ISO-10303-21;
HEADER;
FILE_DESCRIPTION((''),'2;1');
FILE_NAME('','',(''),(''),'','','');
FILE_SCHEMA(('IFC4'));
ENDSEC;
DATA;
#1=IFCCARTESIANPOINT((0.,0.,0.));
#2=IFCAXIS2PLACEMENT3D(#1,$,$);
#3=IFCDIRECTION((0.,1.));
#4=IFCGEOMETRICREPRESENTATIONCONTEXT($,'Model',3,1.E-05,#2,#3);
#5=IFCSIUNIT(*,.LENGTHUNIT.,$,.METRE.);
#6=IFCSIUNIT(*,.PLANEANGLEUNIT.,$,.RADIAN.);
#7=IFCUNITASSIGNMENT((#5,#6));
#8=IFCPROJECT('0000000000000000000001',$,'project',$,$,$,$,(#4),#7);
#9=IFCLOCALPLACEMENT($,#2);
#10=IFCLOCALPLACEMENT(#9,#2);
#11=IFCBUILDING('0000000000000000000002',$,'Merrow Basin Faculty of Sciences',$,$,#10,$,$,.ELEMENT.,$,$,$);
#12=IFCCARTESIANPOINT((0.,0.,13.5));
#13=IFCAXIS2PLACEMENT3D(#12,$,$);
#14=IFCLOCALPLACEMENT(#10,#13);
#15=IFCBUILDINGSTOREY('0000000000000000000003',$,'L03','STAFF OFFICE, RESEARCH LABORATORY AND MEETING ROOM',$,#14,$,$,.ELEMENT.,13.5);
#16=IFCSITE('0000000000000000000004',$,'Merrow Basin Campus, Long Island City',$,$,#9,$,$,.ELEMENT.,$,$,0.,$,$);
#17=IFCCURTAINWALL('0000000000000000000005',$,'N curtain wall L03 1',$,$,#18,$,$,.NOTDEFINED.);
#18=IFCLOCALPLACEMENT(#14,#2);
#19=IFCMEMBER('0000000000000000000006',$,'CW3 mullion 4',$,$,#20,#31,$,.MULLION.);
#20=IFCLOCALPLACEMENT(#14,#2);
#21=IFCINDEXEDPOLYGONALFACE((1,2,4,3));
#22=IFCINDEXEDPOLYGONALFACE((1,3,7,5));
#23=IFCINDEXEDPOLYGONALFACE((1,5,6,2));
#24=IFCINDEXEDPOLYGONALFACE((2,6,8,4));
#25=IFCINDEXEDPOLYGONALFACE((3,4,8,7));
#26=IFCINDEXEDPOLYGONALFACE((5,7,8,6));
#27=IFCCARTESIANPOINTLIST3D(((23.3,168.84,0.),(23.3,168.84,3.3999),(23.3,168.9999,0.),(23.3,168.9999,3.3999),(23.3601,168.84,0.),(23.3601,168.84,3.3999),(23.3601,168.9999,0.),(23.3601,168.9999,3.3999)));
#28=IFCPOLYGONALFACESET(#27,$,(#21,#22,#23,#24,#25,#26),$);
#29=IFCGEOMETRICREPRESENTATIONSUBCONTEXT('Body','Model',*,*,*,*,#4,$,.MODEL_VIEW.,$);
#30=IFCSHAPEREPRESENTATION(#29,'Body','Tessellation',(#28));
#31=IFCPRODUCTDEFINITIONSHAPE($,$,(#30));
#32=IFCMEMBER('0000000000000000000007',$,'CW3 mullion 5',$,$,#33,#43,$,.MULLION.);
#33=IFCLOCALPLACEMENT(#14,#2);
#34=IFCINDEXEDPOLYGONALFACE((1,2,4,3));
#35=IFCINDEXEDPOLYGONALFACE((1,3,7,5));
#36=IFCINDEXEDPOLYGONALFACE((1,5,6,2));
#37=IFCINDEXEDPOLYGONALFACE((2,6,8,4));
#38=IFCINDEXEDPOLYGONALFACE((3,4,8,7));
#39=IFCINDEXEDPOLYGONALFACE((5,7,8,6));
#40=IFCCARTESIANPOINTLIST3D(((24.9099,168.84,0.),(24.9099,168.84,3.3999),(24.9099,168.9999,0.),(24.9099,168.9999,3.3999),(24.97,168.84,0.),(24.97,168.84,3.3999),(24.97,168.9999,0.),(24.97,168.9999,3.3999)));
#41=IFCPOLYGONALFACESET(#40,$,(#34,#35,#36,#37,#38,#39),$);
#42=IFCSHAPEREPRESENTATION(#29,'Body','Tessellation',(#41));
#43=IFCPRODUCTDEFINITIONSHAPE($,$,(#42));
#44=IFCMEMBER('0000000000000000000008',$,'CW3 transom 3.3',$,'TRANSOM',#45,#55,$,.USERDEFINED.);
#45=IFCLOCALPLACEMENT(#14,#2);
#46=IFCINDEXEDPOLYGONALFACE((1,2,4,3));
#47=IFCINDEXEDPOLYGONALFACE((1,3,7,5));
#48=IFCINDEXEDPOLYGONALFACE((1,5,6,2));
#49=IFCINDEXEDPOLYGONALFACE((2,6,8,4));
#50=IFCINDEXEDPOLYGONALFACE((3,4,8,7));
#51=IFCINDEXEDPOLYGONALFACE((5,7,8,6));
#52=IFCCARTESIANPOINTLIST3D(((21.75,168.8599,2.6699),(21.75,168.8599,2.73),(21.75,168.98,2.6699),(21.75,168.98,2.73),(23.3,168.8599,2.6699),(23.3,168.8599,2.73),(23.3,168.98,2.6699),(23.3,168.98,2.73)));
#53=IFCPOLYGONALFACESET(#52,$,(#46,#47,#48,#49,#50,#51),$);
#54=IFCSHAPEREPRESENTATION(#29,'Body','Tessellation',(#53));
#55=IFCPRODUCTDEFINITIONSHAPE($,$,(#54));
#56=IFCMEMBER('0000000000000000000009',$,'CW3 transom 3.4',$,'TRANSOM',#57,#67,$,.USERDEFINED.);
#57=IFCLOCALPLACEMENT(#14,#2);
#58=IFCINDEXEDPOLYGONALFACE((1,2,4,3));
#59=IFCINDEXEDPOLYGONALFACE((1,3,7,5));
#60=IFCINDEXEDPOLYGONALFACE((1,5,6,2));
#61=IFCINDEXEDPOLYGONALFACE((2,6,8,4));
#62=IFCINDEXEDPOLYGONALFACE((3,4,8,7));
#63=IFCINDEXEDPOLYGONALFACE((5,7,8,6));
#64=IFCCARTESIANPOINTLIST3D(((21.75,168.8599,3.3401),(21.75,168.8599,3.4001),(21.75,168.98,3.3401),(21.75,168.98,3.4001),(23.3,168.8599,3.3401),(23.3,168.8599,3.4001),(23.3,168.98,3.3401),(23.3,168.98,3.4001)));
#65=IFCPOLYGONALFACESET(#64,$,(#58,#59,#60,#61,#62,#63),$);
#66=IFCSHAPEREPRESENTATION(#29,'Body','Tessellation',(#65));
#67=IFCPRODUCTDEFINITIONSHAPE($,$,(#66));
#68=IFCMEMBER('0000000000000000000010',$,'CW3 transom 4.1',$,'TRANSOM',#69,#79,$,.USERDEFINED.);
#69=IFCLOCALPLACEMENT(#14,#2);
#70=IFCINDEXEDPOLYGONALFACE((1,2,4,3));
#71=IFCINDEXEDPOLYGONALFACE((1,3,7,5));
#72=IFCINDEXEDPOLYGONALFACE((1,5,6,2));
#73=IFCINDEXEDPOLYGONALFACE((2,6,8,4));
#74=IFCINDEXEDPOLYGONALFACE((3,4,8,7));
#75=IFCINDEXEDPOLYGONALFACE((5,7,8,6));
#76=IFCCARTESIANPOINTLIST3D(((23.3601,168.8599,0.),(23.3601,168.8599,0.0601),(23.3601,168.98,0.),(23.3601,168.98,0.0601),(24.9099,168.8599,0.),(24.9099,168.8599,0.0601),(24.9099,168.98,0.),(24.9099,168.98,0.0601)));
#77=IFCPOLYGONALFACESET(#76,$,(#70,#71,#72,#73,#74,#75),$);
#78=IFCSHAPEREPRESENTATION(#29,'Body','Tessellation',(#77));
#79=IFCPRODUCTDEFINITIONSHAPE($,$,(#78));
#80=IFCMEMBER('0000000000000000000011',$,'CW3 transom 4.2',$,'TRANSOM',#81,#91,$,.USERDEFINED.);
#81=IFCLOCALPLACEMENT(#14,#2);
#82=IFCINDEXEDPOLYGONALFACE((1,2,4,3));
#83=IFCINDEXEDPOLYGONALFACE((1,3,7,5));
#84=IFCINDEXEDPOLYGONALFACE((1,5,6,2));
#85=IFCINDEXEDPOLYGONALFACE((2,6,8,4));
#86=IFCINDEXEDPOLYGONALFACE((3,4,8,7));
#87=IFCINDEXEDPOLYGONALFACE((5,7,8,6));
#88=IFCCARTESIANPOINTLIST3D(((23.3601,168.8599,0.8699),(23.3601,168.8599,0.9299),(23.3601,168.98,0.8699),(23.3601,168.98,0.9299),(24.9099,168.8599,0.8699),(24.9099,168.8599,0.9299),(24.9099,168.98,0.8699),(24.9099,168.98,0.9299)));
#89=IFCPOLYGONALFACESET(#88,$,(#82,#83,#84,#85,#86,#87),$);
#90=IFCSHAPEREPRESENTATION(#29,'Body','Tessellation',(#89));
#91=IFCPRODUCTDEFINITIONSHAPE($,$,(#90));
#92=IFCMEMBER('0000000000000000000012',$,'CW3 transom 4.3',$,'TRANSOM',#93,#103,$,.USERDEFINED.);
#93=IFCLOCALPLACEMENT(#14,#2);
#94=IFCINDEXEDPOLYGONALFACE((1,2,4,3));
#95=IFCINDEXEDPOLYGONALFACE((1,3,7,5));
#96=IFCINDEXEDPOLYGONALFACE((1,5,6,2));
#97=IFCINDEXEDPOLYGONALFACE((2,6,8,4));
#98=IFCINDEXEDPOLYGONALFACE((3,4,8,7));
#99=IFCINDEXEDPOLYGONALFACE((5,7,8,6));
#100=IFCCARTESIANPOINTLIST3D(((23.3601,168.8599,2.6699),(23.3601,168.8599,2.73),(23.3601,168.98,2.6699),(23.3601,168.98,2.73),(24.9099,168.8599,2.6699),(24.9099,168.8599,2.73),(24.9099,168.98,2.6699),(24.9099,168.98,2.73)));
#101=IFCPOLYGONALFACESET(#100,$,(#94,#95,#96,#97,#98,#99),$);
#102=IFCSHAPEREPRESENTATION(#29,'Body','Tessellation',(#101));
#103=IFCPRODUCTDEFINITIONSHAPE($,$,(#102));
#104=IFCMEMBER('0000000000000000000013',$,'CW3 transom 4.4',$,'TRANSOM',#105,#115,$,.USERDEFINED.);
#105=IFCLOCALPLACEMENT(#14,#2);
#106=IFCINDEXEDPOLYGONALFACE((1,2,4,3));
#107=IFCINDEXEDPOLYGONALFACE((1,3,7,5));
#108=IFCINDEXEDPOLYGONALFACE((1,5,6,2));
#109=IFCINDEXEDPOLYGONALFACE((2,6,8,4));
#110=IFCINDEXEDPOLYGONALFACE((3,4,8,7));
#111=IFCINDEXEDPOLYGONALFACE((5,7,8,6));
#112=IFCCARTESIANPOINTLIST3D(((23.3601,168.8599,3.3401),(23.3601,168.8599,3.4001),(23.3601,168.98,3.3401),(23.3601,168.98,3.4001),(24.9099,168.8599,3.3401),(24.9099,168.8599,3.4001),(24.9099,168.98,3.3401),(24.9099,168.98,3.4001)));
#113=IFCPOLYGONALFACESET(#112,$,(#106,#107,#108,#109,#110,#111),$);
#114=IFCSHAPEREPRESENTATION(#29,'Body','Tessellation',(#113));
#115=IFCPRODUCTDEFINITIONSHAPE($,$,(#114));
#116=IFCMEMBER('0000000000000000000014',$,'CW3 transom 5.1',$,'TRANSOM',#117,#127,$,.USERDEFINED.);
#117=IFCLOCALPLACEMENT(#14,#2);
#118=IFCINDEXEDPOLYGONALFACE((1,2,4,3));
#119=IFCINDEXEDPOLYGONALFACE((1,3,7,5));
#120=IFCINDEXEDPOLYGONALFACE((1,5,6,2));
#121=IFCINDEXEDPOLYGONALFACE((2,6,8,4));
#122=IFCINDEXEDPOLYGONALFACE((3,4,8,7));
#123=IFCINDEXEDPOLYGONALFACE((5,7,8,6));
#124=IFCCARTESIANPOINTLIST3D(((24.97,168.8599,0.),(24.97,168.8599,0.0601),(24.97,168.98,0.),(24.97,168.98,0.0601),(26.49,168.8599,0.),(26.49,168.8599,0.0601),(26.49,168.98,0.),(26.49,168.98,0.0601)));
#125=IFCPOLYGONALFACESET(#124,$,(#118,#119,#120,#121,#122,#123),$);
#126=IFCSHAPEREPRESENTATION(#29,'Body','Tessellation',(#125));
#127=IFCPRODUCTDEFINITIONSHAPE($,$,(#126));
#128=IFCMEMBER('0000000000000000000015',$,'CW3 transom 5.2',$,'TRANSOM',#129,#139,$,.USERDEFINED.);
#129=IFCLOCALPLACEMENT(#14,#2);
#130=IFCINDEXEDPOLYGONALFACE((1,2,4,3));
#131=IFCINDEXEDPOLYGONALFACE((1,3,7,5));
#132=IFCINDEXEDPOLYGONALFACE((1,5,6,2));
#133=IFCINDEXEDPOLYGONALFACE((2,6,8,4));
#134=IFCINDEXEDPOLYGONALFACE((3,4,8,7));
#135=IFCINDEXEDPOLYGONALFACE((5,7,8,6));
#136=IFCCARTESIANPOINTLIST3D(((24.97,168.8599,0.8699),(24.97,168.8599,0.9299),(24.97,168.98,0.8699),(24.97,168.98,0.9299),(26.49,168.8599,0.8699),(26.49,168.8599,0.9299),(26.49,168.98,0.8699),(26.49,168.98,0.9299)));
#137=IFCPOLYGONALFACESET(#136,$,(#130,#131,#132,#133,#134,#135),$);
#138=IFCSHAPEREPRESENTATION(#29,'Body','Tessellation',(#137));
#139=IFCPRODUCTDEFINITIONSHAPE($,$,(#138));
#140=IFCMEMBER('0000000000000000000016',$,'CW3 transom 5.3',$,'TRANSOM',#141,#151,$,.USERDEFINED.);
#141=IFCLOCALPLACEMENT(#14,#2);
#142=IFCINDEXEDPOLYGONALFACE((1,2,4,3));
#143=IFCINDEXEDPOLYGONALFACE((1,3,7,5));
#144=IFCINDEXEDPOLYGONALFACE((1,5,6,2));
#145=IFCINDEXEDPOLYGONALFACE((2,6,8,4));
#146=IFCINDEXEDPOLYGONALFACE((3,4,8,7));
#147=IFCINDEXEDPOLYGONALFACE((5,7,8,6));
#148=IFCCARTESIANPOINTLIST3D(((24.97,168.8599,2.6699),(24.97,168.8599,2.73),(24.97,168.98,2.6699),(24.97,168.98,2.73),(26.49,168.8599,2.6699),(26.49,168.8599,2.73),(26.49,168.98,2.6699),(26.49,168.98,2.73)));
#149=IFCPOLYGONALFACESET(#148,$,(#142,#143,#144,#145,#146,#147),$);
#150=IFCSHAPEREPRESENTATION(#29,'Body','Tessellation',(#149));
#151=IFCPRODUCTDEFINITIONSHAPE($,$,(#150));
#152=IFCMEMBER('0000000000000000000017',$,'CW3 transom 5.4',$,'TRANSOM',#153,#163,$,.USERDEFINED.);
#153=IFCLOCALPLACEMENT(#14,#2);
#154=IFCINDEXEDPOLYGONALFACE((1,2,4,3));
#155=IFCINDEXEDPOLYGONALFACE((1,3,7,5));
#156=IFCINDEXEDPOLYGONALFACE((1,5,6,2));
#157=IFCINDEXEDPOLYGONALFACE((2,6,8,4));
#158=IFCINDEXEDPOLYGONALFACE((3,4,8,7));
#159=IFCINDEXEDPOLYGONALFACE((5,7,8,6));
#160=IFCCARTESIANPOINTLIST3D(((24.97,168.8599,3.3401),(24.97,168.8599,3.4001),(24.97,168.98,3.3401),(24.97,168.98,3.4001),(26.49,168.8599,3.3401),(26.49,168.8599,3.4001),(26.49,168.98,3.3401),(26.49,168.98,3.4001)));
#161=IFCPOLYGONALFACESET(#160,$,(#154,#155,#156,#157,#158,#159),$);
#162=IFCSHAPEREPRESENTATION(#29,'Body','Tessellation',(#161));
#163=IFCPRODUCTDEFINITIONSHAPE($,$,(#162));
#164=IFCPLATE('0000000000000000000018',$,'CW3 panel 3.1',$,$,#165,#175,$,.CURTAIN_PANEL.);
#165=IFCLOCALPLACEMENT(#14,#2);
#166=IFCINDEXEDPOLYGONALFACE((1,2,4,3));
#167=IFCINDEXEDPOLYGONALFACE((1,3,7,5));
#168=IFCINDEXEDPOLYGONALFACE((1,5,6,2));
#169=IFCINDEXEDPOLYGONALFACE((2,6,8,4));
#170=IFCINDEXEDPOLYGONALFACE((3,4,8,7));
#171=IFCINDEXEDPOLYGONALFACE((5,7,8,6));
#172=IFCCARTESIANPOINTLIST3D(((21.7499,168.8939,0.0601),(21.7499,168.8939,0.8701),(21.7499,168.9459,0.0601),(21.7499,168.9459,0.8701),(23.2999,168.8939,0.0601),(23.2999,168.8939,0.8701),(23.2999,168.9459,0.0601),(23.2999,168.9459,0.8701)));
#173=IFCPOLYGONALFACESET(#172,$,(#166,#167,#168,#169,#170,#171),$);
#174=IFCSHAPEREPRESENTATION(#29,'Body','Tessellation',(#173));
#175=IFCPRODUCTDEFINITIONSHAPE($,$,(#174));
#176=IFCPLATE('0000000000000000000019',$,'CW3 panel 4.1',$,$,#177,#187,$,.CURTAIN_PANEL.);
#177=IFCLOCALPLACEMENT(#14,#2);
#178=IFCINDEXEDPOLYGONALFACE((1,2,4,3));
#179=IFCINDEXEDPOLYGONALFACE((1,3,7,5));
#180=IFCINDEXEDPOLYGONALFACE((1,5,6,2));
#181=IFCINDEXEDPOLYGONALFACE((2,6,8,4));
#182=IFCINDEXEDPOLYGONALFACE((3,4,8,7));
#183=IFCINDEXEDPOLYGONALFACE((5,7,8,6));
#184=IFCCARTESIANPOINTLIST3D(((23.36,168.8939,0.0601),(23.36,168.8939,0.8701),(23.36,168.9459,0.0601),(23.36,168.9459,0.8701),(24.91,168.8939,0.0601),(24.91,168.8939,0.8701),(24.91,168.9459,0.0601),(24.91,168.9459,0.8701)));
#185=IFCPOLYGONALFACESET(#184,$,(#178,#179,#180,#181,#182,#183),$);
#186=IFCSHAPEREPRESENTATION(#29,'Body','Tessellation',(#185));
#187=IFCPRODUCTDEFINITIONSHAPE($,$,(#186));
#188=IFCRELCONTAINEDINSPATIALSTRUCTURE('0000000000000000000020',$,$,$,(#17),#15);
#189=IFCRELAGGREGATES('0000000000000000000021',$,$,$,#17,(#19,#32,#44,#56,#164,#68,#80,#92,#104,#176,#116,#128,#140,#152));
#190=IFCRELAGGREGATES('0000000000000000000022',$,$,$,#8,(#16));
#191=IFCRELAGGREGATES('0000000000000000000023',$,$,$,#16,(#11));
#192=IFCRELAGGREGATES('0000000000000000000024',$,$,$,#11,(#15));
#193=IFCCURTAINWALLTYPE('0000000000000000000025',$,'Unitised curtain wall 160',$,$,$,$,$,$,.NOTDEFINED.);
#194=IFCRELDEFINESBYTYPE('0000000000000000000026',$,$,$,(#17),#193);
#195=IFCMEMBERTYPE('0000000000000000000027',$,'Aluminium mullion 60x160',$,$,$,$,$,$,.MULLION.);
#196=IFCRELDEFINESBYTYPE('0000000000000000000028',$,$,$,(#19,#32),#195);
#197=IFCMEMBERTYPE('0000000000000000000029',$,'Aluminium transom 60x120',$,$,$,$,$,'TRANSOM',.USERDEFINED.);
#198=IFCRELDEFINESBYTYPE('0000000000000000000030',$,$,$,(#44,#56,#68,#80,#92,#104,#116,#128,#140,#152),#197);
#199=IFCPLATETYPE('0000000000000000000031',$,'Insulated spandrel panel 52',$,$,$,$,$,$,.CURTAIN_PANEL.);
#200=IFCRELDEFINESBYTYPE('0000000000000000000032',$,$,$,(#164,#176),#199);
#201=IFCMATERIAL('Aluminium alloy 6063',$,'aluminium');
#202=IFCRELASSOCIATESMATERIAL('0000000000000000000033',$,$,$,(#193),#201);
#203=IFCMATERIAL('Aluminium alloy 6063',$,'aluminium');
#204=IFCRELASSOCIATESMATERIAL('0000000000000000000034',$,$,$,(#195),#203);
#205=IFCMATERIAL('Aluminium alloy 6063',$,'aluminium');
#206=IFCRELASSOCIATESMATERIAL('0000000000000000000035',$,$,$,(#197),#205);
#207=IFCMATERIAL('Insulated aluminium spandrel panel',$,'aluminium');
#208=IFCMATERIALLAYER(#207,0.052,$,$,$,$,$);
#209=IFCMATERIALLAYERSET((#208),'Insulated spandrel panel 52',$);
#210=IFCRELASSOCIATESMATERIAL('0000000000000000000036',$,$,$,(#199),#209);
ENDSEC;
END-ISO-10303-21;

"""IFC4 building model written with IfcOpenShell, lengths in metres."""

from ifc_helpers import new_model, si_unit, direction, frame, origin, origin_2d, place, context, subcontext, project, spatial, rectangle, extrude, material, layer, layer_set, material_profile, profile_set, type_object, element, aggregate, save


model = new_model("IFC4")

# Units and contexts
model_context = context("Model", 3, precision=1e-05, world=origin(), true_north=direction((0.0, 1.0)))
body_context = subcontext(model_context, "Body", "Model", "MODEL_VIEW")
ifc_project = project(units=[si_unit("LENGTHUNIT", "METRE"), si_unit("PLANEANGLEUNIT", "RADIAN")], contexts=[model_context])

# Site, building, storey
site_placement = place(None, origin())
site = spatial("IfcSite", under=ifc_project, at=site_placement, Name="Merrow Basin Campus, Long Island City", CompositionType="ELEMENT", RefElevation=0.0)
building_placement = place(site_placement, origin())
building = spatial("IfcBuilding", under=site, at=building_placement, Name="Merrow Basin Faculty of Sciences", CompositionType="ELEMENT")
storey_placement = place(building_placement, frame((0.0, 0.0, 13.5)))
storey = spatial("IfcBuildingStorey", under=building, at=storey_placement, Name="L03", Description="STAFF OFFICE, RESEARCH LABORATORY AND MEETING ROOM", CompositionType="ELEMENT", Elevation=13.5)

# Curtain wall, members, plates
ifc_material_1 = material(Name="Aluminium alloy 6063", Category="aluminium")
curtain_wall_type = type_object("IfcCurtainWallType", Name="Unitised curtain wall 160", PredefinedType="NOTDEFINED", material=ifc_material_1)
curtain_wall_placement = place(storey_placement, origin())
curtain_wall = element("IfcCurtainWall", 1, at=curtain_wall_placement, inside=storey, type_object=curtain_wall_type, Name="N curtain wall L03 1", PredefinedType="NOTDEFINED")
ifc_material_2 = material(Name="Aluminium alloy 6063", Category="aluminium")
ifc_material_profile_1 = material_profile(ifc_material_2, rectangle(XDim=0.1599, YDim=0.0601, at=origin_2d()))
ifc_profile_set_1 = profile_set([ifc_material_profile_1], Name="Aluminium alloy 6063")
member_type_1 = type_object("IfcMemberType", Name="Aluminium mullion 60x160", PredefinedType="MULLION", material=ifc_profile_set_1)
member_1_placement = place(storey_placement, frame((23.3301, 168.9199, 0.0), z_axis=(0.0, 0.0, 1.0), x_axis=(0.0, 1.0, 0.0)))
member_1 = element("IfcMember", 2, at=member_1_placement, type_object=member_type_1, Name="CW3 mullion 4", PredefinedType="MULLION", context=body_context, shape_type="SweptSolid", body=[
    extrude(rectangle(XDim=0.1599, YDim=0.0601, at=origin_2d()), origin(), (0.0, 0.0, 1.0), 3.3999),
])
member_2_placement = place(storey_placement, frame((24.9399, 168.9199, 0.0), z_axis=(0.0, 0.0, 1.0), x_axis=(0.0, 1.0, 0.0)))
member_2 = element("IfcMember", 3, at=member_2_placement, type_object=member_type_1, Name="CW3 mullion 5", PredefinedType="MULLION", context=body_context, shape_type="SweptSolid", body=[
    extrude(rectangle(XDim=0.1599, YDim=0.0601, at=origin_2d()), origin(), (0.0, 0.0, 1.0), 3.3999),
])
ifc_material_3 = material(Name="Aluminium alloy 6063", Category="aluminium")
ifc_material_profile_2 = material_profile(ifc_material_3, rectangle(XDim=0.1201, YDim=0.0601, at=origin_2d()))
ifc_profile_set_2 = profile_set([ifc_material_profile_2], Name="Aluminium alloy 6063")
member_type_2 = type_object("IfcMemberType", Name="Aluminium transom 60x120", ElementType="TRANSOM", PredefinedType="USERDEFINED", material=ifc_profile_set_2)
member_3_placement = place(storey_placement, frame((21.75, 168.9199, 2.7), z_axis=(1.0, 0.0, 0.0), x_axis=(0.0, 1.0, 0.0)))
member_3 = element("IfcMember", 4, at=member_3_placement, type_object=member_type_2, Name="CW3 transom 3.3", ObjectType="TRANSOM", PredefinedType="USERDEFINED", context=body_context, shape_type="SweptSolid", body=[
    extrude(rectangle(XDim=0.1201, YDim=0.0601, at=origin_2d()), origin(), (0.0, 0.0, 1.0), 1.55),
])
member_4_placement = place(storey_placement, frame((21.75, 168.9199, 3.3701), z_axis=(1.0, 0.0, 0.0), x_axis=(0.0, 1.0, 0.0)))
member_4 = element("IfcMember", 5, at=member_4_placement, type_object=member_type_2, Name="CW3 transom 3.4", ObjectType="TRANSOM", PredefinedType="USERDEFINED", context=body_context, shape_type="SweptSolid", body=[
    extrude(rectangle(XDim=0.1201, YDim=0.0601, at=origin_2d()), origin(), (0.0, 0.0, 1.0), 1.55),
])
member_5_placement = place(storey_placement, frame((23.3601, 168.9199, 0.03), z_axis=(1.0, 0.0, 0.0), x_axis=(0.0, 1.0, 0.0)))
member_5 = element("IfcMember", 6, at=member_5_placement, type_object=member_type_2, Name="CW3 transom 4.1", ObjectType="TRANSOM", PredefinedType="USERDEFINED", context=body_context, shape_type="SweptSolid", body=[
    extrude(rectangle(XDim=0.1201, YDim=0.0601, at=origin_2d()), origin(), (0.0, 0.0, 1.0), 1.5498),
])
member_6_placement = place(storey_placement, frame((23.3601, 168.9199, 0.8999), z_axis=(1.0, 0.0, 0.0), x_axis=(0.0, 1.0, 0.0)))
member_6 = element("IfcMember", 7, at=member_6_placement, type_object=member_type_2, Name="CW3 transom 4.2", ObjectType="TRANSOM", PredefinedType="USERDEFINED", context=body_context, shape_type="SweptSolid", body=[
    extrude(rectangle(XDim=0.1201, YDim=0.0601, at=origin_2d()), origin(), (0.0, 0.0, 1.0), 1.5498),
])
member_7_placement = place(storey_placement, frame((23.3601, 168.9199, 2.7), z_axis=(1.0, 0.0, 0.0), x_axis=(0.0, 1.0, 0.0)))
member_7 = element("IfcMember", 8, at=member_7_placement, type_object=member_type_2, Name="CW3 transom 4.3", ObjectType="TRANSOM", PredefinedType="USERDEFINED", context=body_context, shape_type="SweptSolid", body=[
    extrude(rectangle(XDim=0.1201, YDim=0.0601, at=origin_2d()), origin(), (0.0, 0.0, 1.0), 1.5498),
])
member_8_placement = place(storey_placement, frame((23.3601, 168.9199, 3.3701), z_axis=(1.0, 0.0, 0.0), x_axis=(0.0, 1.0, 0.0)))
member_8 = element("IfcMember", 9, at=member_8_placement, type_object=member_type_2, Name="CW3 transom 4.4", ObjectType="TRANSOM", PredefinedType="USERDEFINED", context=body_context, shape_type="SweptSolid", body=[
    extrude(rectangle(XDim=0.1201, YDim=0.0601, at=origin_2d()), origin(), (0.0, 0.0, 1.0), 1.5498),
])
member_9_placement = place(storey_placement, frame((24.97, 168.9199, 0.03), z_axis=(1.0, 0.0, 0.0), x_axis=(0.0, 1.0, 0.0)))
member_9 = element("IfcMember", 10, at=member_9_placement, type_object=member_type_2, Name="CW3 transom 5.1", ObjectType="TRANSOM", PredefinedType="USERDEFINED", context=body_context, shape_type="SweptSolid", body=[
    extrude(rectangle(XDim=0.1201, YDim=0.0601, at=origin_2d()), origin(), (0.0, 0.0, 1.0), 1.52),
])
member_10_placement = place(storey_placement, frame((24.97, 168.9199, 0.8999), z_axis=(1.0, 0.0, 0.0), x_axis=(0.0, 1.0, 0.0)))
member_10 = element("IfcMember", 11, at=member_10_placement, type_object=member_type_2, Name="CW3 transom 5.2", ObjectType="TRANSOM", PredefinedType="USERDEFINED", context=body_context, shape_type="SweptSolid", body=[
    extrude(rectangle(XDim=0.1201, YDim=0.0601, at=origin_2d()), origin(), (0.0, 0.0, 1.0), 1.52),
])
member_11_placement = place(storey_placement, frame((24.97, 168.9199, 2.7), z_axis=(1.0, 0.0, 0.0), x_axis=(0.0, 1.0, 0.0)))
member_11 = element("IfcMember", 12, at=member_11_placement, type_object=member_type_2, Name="CW3 transom 5.3", ObjectType="TRANSOM", PredefinedType="USERDEFINED", context=body_context, shape_type="SweptSolid", body=[
    extrude(rectangle(XDim=0.1201, YDim=0.0601, at=origin_2d()), origin(), (0.0, 0.0, 1.0), 1.52),
])
member_12_placement = place(storey_placement, frame((24.97, 168.9199, 3.3701), z_axis=(1.0, 0.0, 0.0), x_axis=(0.0, 1.0, 0.0)))
member_12 = element("IfcMember", 13, at=member_12_placement, type_object=member_type_2, Name="CW3 transom 5.4", ObjectType="TRANSOM", PredefinedType="USERDEFINED", context=body_context, shape_type="SweptSolid", body=[
    extrude(rectangle(XDim=0.1201, YDim=0.0601, at=origin_2d()), origin(), (0.0, 0.0, 1.0), 1.52),
])
ifc_material_4 = material(Name="Insulated aluminium spandrel panel", Category="aluminium")
ifc_layer_1 = layer(ifc_material_4, 0.052)
ifc_layer_set_1 = layer_set([ifc_layer_1], Name="Insulated spandrel panel 52")
plate_type_1 = type_object("IfcPlateType", Name="Insulated spandrel panel 52", PredefinedType="CURTAIN_PANEL", material=ifc_layer_set_1)
plate_1_placement = place(storey_placement, frame((22.5249, 168.9199, 0.0601), z_axis=(0.0, 0.0, 1.0), x_axis=(1.0, 0.0, 0.0)))
plate_1 = element("IfcPlate", 14, at=plate_1_placement, type_object=plate_type_1, Name="CW3 panel 3.1", PredefinedType="CURTAIN_PANEL", context=body_context, shape_type="SweptSolid", body=[
    extrude(rectangle(XDim=1.55, YDim=0.052, at=origin_2d()), origin(), (0.0, 0.0, 1.0), 0.8101),
])
plate_2_placement = place(storey_placement, frame((24.135, 168.9199, 0.0601), z_axis=(0.0, 0.0, 1.0), x_axis=(1.0, 0.0, 0.0)))
plate_2 = element("IfcPlate", 15, at=plate_2_placement, type_object=plate_type_1, Name="CW3 panel 4.1", PredefinedType="CURTAIN_PANEL", context=body_context, shape_type="SweptSolid", body=[
    extrude(rectangle(XDim=1.55, YDim=0.052, at=origin_2d()), origin(), (0.0, 0.0, 1.0), 0.8101),
])
aggregate(curtain_wall, [member_1, member_2, member_3, member_4, plate_1, member_5, member_6, member_7, member_8, plate_2, member_9, member_10, member_11, member_12])

save(model, "model.ifc")
